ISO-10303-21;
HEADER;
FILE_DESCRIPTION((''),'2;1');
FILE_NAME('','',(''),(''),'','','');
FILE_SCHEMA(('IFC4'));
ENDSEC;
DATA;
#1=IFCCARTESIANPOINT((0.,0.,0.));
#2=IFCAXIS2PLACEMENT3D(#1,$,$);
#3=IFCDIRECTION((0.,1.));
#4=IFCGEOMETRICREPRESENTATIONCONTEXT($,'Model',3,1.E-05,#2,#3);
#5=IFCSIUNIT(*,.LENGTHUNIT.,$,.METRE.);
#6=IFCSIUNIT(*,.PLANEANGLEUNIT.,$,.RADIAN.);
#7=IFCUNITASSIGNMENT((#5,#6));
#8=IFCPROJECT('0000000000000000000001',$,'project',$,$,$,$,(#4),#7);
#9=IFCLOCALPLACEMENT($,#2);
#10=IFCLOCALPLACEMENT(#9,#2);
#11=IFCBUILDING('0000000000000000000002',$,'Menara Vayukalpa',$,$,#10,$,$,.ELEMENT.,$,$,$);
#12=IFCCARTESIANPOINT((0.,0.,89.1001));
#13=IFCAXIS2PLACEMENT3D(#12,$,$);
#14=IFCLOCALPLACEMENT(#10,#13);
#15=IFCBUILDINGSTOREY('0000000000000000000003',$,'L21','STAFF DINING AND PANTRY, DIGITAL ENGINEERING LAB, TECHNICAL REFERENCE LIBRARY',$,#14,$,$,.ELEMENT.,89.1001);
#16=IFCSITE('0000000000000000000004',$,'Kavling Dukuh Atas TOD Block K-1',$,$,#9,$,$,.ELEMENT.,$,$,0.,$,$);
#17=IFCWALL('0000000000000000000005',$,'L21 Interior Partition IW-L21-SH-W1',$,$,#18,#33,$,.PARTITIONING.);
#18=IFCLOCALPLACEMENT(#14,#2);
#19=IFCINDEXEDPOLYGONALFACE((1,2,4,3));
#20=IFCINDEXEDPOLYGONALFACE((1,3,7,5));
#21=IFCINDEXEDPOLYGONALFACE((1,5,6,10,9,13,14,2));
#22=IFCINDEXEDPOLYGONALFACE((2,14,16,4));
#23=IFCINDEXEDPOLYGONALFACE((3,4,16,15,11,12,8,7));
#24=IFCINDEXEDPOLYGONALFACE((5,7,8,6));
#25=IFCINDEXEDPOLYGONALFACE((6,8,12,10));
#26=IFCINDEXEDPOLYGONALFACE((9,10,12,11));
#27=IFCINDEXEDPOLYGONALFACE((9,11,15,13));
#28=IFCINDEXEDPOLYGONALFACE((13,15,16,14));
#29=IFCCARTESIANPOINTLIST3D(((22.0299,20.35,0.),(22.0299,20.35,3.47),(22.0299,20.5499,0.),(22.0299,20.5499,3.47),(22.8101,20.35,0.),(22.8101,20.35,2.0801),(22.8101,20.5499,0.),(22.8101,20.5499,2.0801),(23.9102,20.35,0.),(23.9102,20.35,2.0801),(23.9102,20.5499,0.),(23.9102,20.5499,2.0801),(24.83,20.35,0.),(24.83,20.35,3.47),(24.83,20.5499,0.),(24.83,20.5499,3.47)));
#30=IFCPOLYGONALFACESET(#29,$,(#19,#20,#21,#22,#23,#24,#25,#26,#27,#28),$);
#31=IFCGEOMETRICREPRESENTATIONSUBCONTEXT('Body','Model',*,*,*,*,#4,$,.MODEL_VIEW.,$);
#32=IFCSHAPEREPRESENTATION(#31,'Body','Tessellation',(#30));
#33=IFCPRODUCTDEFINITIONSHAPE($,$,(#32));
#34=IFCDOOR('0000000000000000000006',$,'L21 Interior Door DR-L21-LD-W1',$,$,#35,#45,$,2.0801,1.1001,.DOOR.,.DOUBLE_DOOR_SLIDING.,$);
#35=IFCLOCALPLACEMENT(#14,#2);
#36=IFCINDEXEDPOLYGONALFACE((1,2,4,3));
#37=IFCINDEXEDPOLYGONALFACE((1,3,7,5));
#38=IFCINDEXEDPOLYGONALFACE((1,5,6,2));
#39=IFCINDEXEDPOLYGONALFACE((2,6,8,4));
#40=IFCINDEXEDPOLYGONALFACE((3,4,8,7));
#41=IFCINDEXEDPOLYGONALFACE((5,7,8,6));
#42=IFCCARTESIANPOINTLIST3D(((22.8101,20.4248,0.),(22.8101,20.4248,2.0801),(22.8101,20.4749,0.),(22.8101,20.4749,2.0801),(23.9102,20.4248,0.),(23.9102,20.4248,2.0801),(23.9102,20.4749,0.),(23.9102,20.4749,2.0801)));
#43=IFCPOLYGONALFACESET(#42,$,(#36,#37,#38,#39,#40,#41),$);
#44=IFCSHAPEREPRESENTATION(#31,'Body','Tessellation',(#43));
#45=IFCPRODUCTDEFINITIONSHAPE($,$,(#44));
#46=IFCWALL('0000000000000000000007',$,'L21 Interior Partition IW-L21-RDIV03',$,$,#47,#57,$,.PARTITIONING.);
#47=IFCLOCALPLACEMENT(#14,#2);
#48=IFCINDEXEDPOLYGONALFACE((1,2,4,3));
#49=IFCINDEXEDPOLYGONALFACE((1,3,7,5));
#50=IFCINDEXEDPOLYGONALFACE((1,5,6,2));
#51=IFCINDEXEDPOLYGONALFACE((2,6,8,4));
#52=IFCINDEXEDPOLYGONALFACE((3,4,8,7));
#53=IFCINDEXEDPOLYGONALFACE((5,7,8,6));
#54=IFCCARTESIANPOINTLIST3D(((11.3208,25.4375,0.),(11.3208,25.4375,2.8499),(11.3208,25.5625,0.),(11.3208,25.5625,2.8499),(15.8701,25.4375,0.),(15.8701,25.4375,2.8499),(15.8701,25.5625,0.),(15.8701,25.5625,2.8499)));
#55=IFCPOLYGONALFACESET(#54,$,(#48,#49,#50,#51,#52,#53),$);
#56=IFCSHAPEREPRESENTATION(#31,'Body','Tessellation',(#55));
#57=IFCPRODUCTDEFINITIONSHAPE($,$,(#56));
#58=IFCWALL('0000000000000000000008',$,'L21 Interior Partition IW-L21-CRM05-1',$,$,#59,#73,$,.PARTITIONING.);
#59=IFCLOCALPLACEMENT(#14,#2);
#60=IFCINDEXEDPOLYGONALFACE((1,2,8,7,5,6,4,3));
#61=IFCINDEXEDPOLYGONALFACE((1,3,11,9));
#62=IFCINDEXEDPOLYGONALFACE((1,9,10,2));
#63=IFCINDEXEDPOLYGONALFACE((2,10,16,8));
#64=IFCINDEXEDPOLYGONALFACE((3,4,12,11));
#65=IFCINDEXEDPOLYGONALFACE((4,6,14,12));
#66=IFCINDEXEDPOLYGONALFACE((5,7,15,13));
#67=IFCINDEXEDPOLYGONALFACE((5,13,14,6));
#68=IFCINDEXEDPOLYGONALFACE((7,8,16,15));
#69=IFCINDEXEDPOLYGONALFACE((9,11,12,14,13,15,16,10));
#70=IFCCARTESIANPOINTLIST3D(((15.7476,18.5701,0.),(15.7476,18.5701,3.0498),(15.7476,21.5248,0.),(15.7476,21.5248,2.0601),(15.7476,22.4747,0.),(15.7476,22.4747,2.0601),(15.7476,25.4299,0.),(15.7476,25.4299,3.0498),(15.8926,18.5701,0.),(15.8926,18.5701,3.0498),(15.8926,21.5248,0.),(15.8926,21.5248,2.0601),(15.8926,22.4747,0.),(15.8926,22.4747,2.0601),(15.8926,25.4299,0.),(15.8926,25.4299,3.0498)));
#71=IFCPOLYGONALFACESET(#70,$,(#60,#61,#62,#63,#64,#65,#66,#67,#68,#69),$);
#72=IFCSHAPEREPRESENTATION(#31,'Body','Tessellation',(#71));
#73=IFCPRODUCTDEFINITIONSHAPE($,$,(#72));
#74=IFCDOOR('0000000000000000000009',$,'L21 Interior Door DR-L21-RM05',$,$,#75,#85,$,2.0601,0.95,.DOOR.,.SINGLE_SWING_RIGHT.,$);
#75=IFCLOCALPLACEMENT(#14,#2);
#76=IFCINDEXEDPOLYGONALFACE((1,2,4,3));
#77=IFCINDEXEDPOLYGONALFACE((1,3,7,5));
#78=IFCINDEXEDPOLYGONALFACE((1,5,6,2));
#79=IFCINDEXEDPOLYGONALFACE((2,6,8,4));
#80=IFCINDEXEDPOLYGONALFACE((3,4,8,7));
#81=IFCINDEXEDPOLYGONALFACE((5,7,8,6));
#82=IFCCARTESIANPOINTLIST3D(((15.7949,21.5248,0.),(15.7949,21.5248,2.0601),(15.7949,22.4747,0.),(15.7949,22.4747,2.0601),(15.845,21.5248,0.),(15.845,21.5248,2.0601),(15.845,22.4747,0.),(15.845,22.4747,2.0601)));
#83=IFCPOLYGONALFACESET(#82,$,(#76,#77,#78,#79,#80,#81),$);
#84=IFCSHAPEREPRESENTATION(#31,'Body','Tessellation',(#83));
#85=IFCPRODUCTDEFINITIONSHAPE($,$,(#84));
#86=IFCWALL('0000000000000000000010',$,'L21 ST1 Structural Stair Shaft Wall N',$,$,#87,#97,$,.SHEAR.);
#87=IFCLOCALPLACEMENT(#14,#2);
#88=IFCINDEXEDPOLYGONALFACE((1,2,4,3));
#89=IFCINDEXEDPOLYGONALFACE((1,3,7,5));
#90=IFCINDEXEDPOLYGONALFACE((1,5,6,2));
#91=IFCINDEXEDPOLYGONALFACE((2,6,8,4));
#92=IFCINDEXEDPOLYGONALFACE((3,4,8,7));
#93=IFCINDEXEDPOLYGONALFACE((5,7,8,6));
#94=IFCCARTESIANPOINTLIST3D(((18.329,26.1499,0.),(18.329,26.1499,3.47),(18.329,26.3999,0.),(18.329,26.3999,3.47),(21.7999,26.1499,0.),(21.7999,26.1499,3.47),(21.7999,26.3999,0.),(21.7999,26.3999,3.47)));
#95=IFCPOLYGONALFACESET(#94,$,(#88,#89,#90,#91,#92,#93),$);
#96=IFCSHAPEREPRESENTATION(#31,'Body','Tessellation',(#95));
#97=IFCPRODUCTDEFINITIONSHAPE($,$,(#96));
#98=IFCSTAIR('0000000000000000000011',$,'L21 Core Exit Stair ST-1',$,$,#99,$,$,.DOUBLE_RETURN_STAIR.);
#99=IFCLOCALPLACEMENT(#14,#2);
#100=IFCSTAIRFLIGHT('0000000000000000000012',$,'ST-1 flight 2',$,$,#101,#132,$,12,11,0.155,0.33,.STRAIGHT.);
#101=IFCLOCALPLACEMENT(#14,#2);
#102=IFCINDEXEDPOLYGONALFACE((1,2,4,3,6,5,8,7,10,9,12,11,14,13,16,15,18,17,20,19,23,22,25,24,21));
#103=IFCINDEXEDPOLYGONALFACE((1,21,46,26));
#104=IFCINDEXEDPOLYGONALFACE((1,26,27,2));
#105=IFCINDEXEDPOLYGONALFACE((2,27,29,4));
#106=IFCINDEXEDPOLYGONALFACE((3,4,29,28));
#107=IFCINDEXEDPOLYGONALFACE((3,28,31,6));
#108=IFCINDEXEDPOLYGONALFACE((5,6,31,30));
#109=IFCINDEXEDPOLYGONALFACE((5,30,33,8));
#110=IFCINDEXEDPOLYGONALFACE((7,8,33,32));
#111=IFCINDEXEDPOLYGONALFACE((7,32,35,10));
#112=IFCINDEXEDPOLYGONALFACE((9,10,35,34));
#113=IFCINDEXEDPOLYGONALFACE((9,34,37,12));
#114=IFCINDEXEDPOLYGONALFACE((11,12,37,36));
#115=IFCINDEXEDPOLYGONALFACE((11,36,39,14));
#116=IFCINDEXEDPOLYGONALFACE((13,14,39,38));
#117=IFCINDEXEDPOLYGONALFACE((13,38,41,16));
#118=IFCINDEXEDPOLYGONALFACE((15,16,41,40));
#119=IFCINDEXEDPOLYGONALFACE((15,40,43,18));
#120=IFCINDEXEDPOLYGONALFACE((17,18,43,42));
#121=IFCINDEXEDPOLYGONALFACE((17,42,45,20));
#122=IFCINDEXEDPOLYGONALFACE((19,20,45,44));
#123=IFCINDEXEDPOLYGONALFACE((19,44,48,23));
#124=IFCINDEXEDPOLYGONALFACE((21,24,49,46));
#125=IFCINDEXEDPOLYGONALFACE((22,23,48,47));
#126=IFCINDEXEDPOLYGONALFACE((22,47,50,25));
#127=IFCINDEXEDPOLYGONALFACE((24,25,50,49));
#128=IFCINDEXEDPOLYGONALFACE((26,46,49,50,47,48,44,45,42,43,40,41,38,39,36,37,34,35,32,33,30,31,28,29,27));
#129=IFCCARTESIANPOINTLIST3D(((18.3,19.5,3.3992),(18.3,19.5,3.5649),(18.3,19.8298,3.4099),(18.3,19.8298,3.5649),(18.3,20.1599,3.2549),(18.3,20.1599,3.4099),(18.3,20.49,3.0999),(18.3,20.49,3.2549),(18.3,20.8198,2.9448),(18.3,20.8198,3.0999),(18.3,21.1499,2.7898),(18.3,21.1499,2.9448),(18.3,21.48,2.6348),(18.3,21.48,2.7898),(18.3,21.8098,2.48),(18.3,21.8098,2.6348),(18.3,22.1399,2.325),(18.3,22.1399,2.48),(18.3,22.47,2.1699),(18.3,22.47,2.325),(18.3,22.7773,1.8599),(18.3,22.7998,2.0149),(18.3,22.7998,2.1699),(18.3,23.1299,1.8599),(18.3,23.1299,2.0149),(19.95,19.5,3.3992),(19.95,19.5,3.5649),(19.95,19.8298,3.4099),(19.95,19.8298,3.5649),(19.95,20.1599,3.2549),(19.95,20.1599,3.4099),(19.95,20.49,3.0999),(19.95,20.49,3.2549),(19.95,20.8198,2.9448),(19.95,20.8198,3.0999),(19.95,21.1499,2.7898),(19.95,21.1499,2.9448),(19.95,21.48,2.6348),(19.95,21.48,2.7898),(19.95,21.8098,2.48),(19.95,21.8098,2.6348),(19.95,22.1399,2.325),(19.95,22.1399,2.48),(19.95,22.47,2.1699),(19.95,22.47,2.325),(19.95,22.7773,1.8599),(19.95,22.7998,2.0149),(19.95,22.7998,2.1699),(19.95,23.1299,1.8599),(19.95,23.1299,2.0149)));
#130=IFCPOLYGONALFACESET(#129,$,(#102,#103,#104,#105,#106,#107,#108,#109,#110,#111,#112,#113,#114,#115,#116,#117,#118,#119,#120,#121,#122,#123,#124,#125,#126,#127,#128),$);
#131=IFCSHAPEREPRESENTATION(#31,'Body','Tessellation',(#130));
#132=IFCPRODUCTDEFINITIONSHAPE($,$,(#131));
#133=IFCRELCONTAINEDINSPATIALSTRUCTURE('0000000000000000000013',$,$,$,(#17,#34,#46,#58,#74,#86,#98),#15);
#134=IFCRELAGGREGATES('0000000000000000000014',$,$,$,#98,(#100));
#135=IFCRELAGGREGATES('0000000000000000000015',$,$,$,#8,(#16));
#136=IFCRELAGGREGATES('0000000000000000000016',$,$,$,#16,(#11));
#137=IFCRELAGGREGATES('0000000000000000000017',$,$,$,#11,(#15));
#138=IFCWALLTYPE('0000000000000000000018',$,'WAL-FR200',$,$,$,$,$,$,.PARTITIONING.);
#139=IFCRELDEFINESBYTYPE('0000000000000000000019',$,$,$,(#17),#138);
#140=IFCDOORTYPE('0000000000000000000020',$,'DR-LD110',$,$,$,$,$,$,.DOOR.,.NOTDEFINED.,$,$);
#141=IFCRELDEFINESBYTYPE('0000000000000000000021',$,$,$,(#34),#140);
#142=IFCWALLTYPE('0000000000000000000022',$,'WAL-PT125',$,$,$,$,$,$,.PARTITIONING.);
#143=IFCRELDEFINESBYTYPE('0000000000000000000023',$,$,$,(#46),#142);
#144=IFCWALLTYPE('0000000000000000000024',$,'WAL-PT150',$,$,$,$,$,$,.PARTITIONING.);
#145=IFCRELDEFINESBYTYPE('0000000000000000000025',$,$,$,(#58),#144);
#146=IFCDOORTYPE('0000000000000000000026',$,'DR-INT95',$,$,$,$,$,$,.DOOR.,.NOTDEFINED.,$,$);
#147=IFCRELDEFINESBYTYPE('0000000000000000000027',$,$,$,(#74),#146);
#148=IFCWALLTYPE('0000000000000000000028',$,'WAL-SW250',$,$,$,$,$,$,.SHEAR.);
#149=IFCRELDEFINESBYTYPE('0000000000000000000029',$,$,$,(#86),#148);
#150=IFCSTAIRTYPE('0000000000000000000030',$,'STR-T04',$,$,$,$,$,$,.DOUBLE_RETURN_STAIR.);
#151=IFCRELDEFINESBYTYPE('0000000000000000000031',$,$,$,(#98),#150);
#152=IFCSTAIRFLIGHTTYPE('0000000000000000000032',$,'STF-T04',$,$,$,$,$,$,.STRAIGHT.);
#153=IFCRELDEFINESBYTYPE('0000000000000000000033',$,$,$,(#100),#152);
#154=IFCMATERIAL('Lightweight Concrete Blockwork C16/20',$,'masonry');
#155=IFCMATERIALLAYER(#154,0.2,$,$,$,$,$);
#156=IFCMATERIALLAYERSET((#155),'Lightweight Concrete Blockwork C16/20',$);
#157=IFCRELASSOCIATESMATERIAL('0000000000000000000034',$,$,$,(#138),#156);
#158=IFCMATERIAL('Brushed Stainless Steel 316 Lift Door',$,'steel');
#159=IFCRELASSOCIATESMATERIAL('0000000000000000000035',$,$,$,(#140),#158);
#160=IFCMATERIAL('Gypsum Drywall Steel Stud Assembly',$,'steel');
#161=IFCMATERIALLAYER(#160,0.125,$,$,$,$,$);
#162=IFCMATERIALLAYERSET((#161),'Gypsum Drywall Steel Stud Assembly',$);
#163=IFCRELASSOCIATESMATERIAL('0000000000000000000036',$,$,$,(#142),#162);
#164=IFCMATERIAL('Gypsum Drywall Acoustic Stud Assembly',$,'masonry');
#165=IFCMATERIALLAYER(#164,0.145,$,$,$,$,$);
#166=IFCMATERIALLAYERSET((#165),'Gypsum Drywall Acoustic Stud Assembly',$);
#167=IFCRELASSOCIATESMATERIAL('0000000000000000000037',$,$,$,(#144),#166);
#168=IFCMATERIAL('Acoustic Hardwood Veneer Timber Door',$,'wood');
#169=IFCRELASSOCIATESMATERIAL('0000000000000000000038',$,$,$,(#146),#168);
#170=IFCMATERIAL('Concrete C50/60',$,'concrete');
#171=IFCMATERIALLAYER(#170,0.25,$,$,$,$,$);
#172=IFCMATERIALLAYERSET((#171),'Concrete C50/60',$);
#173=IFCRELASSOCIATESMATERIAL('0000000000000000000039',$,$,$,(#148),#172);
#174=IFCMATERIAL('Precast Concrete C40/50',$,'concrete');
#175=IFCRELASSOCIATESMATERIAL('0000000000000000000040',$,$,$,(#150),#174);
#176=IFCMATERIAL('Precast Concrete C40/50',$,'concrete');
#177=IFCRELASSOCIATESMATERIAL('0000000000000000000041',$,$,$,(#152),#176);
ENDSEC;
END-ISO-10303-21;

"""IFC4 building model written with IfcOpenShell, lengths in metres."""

from ifc_helpers import new_model, si_unit, direction, frame, frame_2d, origin, place, context, subcontext, project, spatial, polyline, rectangle, outline, extrude, material, layer, layer_set, type_object, element, fill, aggregate, save


model = new_model("IFC4")

# Units and contexts
model_context = context("Model", 3, precision=1e-05, world=origin(), true_north=direction((0.0, 1.0)))
body_context = subcontext(model_context, "Body", "Model", "MODEL_VIEW")
ifc_project = project(units=[si_unit("LENGTHUNIT", "METRE"), si_unit("PLANEANGLEUNIT", "RADIAN")], contexts=[model_context])

# Site, building, storey
site_placement = place(None, origin())
site = spatial("IfcSite", under=ifc_project, at=site_placement, Name="Kavling Dukuh Atas TOD Block K-1", CompositionType="ELEMENT", RefElevation=0.0)
building_placement = place(site_placement, origin())
building = spatial("IfcBuilding", under=site, at=building_placement, Name="Menara Vayukalpa", CompositionType="ELEMENT")
storey_placement = place(building_placement, frame((0.0, 0.0, 89.1001)))
storey = spatial("IfcBuildingStorey", under=building, at=storey_placement, Name="L21", Description="STAFF DINING AND PANTRY, DIGITAL ENGINEERING LAB, TECHNICAL REFERENCE LIBRARY", CompositionType="ELEMENT", Elevation=89.1001)

# Wall, opening, door
ifc_material_1 = material(Name="Lightweight Concrete Blockwork C16/20", Category="masonry")
ifc_layer_1 = layer(ifc_material_1, 0.2)
ifc_layer_set_1 = layer_set([ifc_layer_1], Name="Lightweight Concrete Blockwork C16/20")
wall_type_1 = type_object("IfcWallType", Name="WAL-FR200", PredefinedType="PARTITIONING", material=ifc_layer_set_1)
wall_1_placement = place(storey_placement, frame((22.03, 20.45, 0.0), z_axis=(0.0, 0.0, 1.0), x_axis=(1.0, 0.0, 0.0)))
wall_1 = element("IfcWall", 1, at=wall_1_placement, inside=storey, type_object=wall_type_1, Name="L21 Interior Partition IW-L21-SH-W1", PredefinedType="PARTITIONING", context=body_context, shape_type="SweptSolid", body=[
    extrude(rectangle(XDim=2.8, YDim=0.2, at=frame_2d((1.3999, 0.0))), origin(), (0.0, 0.0, 1.0), 3.47),
])
opening_1_placement = place(wall_1_placement, frame((0.78, 0.0, 0.0)))
opening_1 = element("IfcOpeningElement", 2, at=opening_1_placement, cuts=wall_1, PredefinedType="OPENING", context=body_context, shape_type="SweptSolid", body=[
    extrude(rectangle(XDim=1.1001, YDim=2.0801, at=frame_2d((0.55, 1.04))), frame((0.0, 0.1099, 0.0), z_axis=(0.0, -1.0, 0.0), x_axis=(1.0, 0.0, 0.0)), (0.0, 0.0, 1.0), 0.22),
])
ifc_material_2 = material(Name="Brushed Stainless Steel 316 Lift Door", Category="steel")
door_type_1 = type_object("IfcDoorType", Name="DR-LD110", OperationType="NOTDEFINED", PredefinedType="DOOR", material=ifc_material_2)
door_1_placement = place(opening_1_placement, origin())
door_1 = element("IfcDoor", 3, at=door_1_placement, inside=storey, type_object=door_type_1, Name="L21 Interior Door DR-L21-LD-W1", OperationType="DOUBLE_DOOR_SLIDING", OverallHeight=2.0801, OverallWidth=1.1001, PredefinedType="DOOR", context=body_context, shape_type="SweptSolid", body=[
    extrude(rectangle(XDim=1.1001, YDim=2.0801, at=frame_2d((0.55, 1.04))), frame((0.0, 0.0249, 0.0), z_axis=(0.0, -1.0, 0.0), x_axis=(1.0, 0.0, 0.0)), (0.0, 0.0, 1.0), 0.05),
])
fill(opening_1, door_1)

# Wall
ifc_material_3 = material(Name="Gypsum Drywall Steel Stud Assembly", Category="steel")
ifc_layer_2 = layer(ifc_material_3, 0.125)
ifc_layer_set_2 = layer_set([ifc_layer_2], Name="Gypsum Drywall Steel Stud Assembly")
wall_type_2 = type_object("IfcWallType", Name="WAL-PT125", PredefinedType="PARTITIONING", material=ifc_layer_set_2)
wall_2_placement = place(storey_placement, frame((11.3208, 25.5, 0.0), z_axis=(0.0, 0.0, 1.0), x_axis=(1.0, 0.0, 0.0)))
element("IfcWall", 4, at=wall_2_placement, inside=storey, type_object=wall_type_2, Name="L21 Interior Partition IW-L21-RDIV03", PredefinedType="PARTITIONING", context=body_context, shape_type="SweptSolid", body=[
    extrude(rectangle(XDim=4.5493, YDim=0.125, at=frame_2d((2.2747, 0.0))), origin(), (0.0, 0.0, 1.0), 2.8499),
])

# Wall, opening, door
ifc_material_4 = material(Name="Gypsum Drywall Acoustic Stud Assembly", Category="masonry")
ifc_layer_3 = layer(ifc_material_4, 0.145)
ifc_layer_set_3 = layer_set([ifc_layer_3], Name="Gypsum Drywall Acoustic Stud Assembly")
wall_type_3 = type_object("IfcWallType", Name="WAL-PT150", PredefinedType="PARTITIONING", material=ifc_layer_set_3)
wall_3_placement = place(storey_placement, frame((15.8201, 25.4299, 0.0), z_axis=(0.0, 0.0, 1.0), x_axis=(0.0, -1.0, 0.0)))
wall_3 = element("IfcWall", 5, at=wall_3_placement, inside=storey, type_object=wall_type_3, Name="L21 Interior Partition IW-L21-CRM05-1", PredefinedType="PARTITIONING", context=body_context, shape_type="SweptSolid", body=[
    extrude(rectangle(XDim=6.8599, YDim=0.145, at=frame_2d((3.4299, 0.0))), origin(), (0.0, 0.0, 1.0), 3.0498),
])
opening_2_placement = place(wall_3_placement, frame((2.9551, 0.0, 0.0)))
opening_2 = element("IfcOpeningElement", 6, at=opening_2_placement, cuts=wall_3, PredefinedType="OPENING", context=body_context, shape_type="SweptSolid", body=[
    extrude(rectangle(XDim=0.95, YDim=2.0601, at=frame_2d((0.4751, 1.03))), frame((0.0, 0.0825, 0.0), z_axis=(0.0, -1.0, 0.0), x_axis=(1.0, 0.0, 0.0)), (0.0, 0.0, 1.0), 0.165),
])
ifc_material_5 = material(Name="Acoustic Hardwood Veneer Timber Door", Category="wood")
door_type_2 = type_object("IfcDoorType", Name="DR-INT95", OperationType="NOTDEFINED", PredefinedType="DOOR", material=ifc_material_5)
door_2_placement = place(opening_2_placement, origin())
door_2 = element("IfcDoor", 7, at=door_2_placement, inside=storey, type_object=door_type_2, Name="L21 Interior Door DR-L21-RM05", OperationType="SINGLE_SWING_RIGHT", OverallHeight=2.0601, OverallWidth=0.95, PredefinedType="DOOR", context=body_context, shape_type="SweptSolid", body=[
    extrude(rectangle(XDim=0.95, YDim=2.0601, at=frame_2d((0.4751, 1.03))), frame((0.0, 0.0249, 0.0), z_axis=(0.0, -1.0, 0.0), x_axis=(1.0, 0.0, 0.0)), (0.0, 0.0, 1.0), 0.05),
])
fill(opening_2, door_2)

# Wall
ifc_material_6 = material(Name="Concrete C50/60", Category="concrete")
ifc_layer_4 = layer(ifc_material_6, 0.25)
ifc_layer_set_4 = layer_set([ifc_layer_4], Name="Concrete C50/60")
wall_type_4 = type_object("IfcWallType", Name="WAL-SW250", PredefinedType="SHEAR", material=ifc_layer_set_4)
wall_4_placement = place(storey_placement, frame((18.3291, 26.2749, 0.0), z_axis=(0.0, 0.0, 1.0), x_axis=(1.0, 0.0, 0.0)))
element("IfcWall", 8, at=wall_4_placement, inside=storey, type_object=wall_type_4, Name="L21 ST1 Structural Stair Shaft Wall N", PredefinedType="SHEAR", context=body_context, shape_type="SweptSolid", body=[
    extrude(rectangle(XDim=3.4709, YDim=0.25, at=frame_2d((1.7354, 0.0))), origin(), (0.0, 0.0, 1.0), 3.47),
])

# Stair, stair flight
ifc_material_7 = material(Name="Precast Concrete C40/50", Category="concrete")
stair_type = type_object("IfcStairType", Name="STR-T04", PredefinedType="DOUBLE_RETURN_STAIR", material=ifc_material_7)
stair_placement = place(storey_placement, origin())
stair = element("IfcStair", 9, at=stair_placement, inside=storey, type_object=stair_type, Name="L21 Core Exit Stair ST-1", PredefinedType="DOUBLE_RETURN_STAIR")
ifc_material_8 = material(Name="Precast Concrete C40/50", Category="concrete")
stair_flight_type = type_object("IfcStairFlightType", Name="STF-T04", PredefinedType="STRAIGHT", material=ifc_material_8)
stair_flight_placement = place(storey_placement, frame((19.125, 23.1299, 1.8599), z_axis=(0.0, 0.0, 1.0), x_axis=(0.0, -1.0, 0.0)))
stair_flight = element("IfcStairFlight", 10, at=stair_flight_placement, type_object=stair_flight_type, Name="ST-1 flight 2", NumberOfRisers=12, NumberOfTreads=11, PredefinedType="STRAIGHT", RiserHeight=0.155, TreadLength=0.33, context=body_context, shape_type="SweptSolid", body=[
    extrude(outline(polyline([(0.0, 0.0), (0.0, 0.155), (0.3301, 0.155), (0.3301, 0.3101), (0.6599, 0.3101), (0.6599, 0.4651), (0.99, 0.4651), (0.99, 0.6201), (1.3201, 0.6201), (1.3201, 0.7749), (1.6499, 0.7749), (1.6499, 0.9299), (1.98, 0.9299), (1.98, 1.085), (2.3101, 1.085), (2.3101, 1.24), (2.6399, 1.24), (2.6399, 1.395), (2.97, 1.395), (2.97, 1.55), (3.3, 1.55), (3.3, 1.7051), (3.6299, 1.7051), (3.6299, 1.8601), (3.6299, 1.5393), (0.3525, 0.0), (0.0, 0.0)])), frame((0.0, 0.825, 0.0), z_axis=(0.0, -1.0, 0.0), x_axis=(1.0, 0.0, 0.0)), (0.0, 0.0, 1.0), 1.6499),
])
aggregate(stair, [stair_flight])

save(model, "model.ifc")
